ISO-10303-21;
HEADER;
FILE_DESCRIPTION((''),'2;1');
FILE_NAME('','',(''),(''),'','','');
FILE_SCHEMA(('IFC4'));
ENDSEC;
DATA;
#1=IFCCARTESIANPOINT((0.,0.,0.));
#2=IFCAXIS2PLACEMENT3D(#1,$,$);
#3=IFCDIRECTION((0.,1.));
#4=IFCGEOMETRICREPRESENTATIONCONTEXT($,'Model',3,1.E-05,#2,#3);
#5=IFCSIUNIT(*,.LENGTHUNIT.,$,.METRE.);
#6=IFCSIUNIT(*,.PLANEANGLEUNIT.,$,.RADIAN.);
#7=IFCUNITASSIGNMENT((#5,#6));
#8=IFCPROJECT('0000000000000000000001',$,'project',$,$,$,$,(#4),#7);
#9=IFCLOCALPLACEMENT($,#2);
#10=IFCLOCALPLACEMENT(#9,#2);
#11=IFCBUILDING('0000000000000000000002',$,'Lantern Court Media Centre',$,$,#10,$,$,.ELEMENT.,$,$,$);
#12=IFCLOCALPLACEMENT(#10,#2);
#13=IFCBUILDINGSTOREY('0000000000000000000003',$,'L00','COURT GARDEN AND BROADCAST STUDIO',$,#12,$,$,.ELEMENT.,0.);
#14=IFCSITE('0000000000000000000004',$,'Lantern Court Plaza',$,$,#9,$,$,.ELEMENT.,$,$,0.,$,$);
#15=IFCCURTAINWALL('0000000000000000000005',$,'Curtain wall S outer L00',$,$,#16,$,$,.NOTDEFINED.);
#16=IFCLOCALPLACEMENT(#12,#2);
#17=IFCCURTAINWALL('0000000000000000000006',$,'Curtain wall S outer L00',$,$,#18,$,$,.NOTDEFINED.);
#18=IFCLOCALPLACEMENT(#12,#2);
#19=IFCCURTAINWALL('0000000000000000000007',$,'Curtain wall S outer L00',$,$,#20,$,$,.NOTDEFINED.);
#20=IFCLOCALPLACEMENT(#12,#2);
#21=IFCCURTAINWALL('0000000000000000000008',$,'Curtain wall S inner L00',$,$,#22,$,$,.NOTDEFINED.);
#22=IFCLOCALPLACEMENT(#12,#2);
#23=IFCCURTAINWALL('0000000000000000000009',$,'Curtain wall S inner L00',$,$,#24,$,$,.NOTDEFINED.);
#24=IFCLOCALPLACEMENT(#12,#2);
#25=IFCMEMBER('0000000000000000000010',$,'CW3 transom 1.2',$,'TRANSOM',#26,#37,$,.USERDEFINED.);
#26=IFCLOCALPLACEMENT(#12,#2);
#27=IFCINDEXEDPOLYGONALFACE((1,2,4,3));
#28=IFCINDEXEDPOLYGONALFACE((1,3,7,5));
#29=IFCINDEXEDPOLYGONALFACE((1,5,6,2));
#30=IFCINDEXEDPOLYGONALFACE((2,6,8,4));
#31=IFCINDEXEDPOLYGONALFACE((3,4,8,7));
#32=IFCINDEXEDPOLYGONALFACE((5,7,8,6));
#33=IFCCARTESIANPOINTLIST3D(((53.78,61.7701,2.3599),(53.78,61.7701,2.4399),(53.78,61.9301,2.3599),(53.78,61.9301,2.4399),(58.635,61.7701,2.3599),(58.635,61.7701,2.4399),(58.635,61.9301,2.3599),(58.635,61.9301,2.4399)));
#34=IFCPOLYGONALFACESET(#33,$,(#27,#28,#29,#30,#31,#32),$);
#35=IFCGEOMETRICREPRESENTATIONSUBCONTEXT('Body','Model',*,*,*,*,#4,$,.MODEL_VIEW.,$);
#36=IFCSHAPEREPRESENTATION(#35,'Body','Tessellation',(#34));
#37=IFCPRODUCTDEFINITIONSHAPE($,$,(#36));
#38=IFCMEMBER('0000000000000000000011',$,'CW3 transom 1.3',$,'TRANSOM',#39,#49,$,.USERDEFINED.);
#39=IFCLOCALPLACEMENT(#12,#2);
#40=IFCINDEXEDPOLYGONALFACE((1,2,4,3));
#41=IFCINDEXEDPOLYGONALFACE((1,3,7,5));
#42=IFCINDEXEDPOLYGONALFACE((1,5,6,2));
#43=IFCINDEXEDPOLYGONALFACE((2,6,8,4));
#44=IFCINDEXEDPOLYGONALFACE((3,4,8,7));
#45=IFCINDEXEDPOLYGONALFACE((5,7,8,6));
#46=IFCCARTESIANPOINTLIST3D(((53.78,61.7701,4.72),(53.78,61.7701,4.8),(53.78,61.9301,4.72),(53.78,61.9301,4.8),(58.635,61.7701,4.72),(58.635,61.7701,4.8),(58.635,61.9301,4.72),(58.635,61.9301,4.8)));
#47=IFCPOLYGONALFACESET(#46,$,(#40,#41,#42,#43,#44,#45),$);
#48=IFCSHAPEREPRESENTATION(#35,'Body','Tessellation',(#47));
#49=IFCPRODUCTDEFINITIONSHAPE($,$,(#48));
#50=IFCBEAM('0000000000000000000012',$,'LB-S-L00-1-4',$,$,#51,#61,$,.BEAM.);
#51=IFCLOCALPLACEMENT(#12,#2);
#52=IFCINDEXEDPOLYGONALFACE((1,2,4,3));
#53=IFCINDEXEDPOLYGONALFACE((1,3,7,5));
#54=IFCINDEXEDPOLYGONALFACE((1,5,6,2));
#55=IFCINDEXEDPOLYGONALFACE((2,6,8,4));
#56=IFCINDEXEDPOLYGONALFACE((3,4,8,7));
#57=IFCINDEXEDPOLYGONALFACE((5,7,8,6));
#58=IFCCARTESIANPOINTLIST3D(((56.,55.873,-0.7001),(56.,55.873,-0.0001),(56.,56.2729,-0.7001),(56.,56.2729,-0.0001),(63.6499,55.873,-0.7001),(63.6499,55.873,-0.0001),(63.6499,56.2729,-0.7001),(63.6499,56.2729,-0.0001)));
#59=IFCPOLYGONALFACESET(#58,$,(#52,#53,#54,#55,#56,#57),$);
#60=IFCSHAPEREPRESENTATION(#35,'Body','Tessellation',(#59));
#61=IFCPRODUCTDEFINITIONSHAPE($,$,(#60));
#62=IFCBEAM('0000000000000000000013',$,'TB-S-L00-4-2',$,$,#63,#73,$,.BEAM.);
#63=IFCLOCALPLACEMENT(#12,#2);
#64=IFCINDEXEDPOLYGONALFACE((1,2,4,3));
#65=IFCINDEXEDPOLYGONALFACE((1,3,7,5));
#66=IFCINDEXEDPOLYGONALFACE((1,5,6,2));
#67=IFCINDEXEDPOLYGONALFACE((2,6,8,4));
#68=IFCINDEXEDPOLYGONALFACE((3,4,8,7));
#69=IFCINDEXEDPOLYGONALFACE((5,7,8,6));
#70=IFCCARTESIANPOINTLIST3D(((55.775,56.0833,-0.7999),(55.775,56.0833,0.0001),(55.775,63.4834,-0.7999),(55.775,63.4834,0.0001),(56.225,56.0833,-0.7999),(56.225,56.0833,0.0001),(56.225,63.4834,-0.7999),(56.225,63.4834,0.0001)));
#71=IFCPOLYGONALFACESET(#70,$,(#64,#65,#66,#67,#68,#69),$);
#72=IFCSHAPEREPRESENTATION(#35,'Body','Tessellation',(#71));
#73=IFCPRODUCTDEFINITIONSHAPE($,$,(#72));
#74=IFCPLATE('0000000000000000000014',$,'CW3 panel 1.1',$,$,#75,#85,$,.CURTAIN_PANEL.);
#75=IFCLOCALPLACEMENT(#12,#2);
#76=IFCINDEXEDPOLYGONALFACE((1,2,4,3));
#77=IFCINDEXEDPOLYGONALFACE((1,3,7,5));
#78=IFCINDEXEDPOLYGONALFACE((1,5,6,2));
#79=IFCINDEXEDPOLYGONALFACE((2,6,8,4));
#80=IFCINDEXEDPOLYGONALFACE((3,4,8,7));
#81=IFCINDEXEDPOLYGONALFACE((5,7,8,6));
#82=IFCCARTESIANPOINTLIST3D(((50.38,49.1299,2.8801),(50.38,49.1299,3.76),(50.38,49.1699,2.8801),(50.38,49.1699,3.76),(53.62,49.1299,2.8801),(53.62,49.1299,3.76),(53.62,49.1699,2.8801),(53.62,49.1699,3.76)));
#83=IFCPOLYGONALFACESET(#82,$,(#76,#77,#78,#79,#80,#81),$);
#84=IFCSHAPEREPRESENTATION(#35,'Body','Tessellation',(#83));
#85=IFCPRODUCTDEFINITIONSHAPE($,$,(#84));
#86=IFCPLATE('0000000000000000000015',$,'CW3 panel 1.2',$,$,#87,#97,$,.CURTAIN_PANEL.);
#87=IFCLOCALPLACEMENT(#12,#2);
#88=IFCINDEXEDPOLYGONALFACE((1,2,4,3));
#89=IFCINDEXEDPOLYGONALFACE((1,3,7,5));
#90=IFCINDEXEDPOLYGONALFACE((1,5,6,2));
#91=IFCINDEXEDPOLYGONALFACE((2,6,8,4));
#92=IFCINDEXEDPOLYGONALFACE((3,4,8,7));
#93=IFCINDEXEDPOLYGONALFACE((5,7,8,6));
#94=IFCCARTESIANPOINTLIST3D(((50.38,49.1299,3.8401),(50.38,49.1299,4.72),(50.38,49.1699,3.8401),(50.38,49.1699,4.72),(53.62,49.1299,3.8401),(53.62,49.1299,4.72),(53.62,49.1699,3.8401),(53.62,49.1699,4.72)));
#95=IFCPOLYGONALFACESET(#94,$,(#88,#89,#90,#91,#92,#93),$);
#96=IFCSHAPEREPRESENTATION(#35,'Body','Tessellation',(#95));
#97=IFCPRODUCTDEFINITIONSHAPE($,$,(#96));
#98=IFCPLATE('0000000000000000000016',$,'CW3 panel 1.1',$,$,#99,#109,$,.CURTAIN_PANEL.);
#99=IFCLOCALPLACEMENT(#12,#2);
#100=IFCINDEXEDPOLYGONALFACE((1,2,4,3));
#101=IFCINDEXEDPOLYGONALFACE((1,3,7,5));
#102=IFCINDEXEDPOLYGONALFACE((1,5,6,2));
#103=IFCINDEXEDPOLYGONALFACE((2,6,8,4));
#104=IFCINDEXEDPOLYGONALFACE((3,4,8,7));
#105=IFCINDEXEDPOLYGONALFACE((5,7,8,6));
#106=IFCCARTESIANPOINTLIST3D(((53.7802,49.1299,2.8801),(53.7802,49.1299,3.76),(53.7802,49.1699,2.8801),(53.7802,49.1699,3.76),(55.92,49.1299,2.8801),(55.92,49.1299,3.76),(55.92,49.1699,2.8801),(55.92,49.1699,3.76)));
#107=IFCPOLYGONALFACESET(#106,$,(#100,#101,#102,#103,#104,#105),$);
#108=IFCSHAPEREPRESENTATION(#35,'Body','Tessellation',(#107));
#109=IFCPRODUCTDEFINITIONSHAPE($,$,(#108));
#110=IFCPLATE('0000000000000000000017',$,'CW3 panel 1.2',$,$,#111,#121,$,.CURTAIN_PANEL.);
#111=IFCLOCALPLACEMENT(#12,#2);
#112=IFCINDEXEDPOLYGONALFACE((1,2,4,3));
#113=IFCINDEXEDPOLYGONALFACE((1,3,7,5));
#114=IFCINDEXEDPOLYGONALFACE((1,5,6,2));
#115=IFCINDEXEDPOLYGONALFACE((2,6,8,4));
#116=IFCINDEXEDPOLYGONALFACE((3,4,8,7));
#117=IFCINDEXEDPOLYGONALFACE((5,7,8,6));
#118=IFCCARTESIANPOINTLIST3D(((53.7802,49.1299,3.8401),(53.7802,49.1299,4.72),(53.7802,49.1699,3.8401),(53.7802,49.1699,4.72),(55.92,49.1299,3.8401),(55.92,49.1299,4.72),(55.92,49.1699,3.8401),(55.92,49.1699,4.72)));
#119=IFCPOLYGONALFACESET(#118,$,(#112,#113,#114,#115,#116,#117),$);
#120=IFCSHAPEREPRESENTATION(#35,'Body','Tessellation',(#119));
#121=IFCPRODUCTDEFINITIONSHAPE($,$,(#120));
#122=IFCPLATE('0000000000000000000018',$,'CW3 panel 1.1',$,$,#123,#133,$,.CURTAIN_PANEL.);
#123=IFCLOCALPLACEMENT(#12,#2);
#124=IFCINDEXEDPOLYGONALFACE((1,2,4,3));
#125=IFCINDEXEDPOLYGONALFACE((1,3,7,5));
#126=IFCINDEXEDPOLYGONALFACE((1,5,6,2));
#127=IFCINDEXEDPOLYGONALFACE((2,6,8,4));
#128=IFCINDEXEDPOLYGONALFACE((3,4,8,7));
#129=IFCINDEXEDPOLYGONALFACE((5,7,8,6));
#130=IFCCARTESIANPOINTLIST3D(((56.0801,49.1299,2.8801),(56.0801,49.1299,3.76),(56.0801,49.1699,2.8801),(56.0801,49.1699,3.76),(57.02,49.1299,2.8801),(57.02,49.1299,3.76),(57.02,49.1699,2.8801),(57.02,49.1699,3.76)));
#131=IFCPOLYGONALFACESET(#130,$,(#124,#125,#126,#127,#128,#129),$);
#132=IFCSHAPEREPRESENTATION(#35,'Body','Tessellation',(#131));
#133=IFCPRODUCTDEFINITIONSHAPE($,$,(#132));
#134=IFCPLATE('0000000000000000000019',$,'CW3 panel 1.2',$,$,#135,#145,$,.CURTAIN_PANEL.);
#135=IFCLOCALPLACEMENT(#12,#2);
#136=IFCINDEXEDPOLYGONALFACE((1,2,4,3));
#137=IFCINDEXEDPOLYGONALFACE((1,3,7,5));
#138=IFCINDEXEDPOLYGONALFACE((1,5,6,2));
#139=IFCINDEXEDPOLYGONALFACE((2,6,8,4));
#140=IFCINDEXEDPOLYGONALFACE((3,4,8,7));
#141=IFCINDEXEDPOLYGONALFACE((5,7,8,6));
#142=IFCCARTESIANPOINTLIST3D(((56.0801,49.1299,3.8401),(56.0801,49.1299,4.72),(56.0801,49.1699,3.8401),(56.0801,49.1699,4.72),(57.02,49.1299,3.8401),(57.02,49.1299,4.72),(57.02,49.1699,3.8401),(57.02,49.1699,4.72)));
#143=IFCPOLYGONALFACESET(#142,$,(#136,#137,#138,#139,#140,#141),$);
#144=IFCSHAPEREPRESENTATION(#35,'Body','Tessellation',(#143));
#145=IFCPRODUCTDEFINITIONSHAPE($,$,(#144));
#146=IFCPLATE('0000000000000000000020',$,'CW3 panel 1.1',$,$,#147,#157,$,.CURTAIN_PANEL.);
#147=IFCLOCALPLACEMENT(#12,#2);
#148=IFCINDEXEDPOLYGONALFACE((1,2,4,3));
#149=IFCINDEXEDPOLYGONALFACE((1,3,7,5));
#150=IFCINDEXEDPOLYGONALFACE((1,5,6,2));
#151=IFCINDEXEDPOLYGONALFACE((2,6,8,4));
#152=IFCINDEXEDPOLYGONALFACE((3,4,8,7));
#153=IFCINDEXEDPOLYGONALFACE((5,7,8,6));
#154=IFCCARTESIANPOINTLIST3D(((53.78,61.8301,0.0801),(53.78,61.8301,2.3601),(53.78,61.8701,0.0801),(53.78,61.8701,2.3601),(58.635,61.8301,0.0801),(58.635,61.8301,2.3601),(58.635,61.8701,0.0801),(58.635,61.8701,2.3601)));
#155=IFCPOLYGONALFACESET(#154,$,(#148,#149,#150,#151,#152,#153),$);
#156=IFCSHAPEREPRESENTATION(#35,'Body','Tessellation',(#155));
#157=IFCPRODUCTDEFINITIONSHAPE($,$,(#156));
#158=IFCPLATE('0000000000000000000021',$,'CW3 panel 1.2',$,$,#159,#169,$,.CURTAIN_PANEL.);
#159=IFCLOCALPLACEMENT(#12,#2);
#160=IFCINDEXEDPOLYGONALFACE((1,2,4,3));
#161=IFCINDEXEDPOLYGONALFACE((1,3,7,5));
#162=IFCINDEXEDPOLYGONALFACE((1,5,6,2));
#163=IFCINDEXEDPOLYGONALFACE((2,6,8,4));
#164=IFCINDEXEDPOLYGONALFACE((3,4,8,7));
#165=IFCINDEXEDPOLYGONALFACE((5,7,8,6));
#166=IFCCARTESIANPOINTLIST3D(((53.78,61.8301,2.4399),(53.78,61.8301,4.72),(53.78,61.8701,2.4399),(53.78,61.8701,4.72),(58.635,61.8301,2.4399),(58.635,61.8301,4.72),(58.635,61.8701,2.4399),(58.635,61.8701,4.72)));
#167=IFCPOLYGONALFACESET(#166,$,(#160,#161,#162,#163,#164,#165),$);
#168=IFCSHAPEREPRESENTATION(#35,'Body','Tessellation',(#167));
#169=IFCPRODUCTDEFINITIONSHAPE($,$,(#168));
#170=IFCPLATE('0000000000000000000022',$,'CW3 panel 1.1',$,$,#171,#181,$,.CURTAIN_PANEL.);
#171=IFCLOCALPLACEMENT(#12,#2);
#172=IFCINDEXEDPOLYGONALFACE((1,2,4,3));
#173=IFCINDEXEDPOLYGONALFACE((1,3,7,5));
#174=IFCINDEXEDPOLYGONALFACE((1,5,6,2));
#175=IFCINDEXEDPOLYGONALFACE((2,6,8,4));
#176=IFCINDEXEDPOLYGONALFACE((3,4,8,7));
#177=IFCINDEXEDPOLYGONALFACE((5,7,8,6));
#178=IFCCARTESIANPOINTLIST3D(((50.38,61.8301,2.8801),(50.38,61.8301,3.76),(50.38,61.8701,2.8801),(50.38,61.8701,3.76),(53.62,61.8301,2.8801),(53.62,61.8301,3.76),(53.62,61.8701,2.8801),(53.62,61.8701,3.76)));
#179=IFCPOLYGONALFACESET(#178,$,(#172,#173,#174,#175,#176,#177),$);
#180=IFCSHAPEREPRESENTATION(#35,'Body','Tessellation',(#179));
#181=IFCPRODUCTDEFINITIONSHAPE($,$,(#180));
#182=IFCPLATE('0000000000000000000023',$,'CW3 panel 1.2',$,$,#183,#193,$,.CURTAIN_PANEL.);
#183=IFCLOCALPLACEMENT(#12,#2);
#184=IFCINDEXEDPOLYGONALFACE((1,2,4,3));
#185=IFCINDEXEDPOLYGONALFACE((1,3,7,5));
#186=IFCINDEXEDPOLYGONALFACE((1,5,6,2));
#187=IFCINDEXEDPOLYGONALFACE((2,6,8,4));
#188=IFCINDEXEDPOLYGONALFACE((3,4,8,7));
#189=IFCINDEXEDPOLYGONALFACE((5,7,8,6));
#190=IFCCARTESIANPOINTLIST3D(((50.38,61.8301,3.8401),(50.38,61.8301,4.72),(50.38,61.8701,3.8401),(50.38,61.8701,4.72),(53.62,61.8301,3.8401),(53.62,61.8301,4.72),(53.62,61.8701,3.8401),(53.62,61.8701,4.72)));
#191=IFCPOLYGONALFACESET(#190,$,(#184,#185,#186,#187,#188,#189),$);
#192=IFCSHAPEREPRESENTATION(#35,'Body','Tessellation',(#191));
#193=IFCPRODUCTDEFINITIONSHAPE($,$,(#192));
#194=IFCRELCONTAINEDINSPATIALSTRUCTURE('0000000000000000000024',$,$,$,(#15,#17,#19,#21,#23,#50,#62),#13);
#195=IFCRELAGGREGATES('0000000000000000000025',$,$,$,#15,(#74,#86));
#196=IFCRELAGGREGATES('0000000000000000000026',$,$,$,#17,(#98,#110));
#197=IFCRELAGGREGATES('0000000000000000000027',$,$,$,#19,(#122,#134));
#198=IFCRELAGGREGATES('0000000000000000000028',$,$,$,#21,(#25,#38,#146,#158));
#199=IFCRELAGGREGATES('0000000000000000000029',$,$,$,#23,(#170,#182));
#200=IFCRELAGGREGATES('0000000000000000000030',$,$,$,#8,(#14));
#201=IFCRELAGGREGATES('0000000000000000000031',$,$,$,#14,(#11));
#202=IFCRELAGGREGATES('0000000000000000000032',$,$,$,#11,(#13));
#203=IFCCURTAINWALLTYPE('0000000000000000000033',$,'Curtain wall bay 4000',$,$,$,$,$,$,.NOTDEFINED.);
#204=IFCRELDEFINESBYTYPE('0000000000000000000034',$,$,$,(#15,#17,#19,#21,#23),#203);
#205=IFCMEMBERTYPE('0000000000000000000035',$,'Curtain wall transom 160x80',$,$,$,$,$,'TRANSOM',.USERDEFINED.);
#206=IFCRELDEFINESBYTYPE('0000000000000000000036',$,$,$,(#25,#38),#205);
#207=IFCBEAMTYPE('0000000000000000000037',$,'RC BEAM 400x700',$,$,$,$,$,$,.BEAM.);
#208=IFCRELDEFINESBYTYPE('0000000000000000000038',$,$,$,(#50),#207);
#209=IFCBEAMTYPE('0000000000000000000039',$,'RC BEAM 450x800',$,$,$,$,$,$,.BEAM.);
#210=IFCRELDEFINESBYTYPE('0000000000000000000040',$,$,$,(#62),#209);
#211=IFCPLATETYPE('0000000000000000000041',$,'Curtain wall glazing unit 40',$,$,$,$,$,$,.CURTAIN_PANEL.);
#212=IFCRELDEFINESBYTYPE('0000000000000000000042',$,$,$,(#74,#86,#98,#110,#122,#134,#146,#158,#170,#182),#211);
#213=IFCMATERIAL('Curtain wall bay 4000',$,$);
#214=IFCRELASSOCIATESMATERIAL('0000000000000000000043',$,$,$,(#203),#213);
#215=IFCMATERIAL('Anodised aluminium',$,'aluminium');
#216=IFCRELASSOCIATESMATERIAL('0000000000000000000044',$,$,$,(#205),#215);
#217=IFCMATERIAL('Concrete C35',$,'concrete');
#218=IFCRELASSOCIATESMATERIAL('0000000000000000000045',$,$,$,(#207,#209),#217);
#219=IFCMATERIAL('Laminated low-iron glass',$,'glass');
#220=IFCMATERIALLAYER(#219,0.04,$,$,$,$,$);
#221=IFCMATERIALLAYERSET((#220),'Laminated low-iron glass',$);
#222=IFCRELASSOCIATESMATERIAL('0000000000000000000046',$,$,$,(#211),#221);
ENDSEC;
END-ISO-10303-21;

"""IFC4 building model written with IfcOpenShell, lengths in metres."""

from ifc_helpers import new_model, si_unit, direction, frame, origin, origin_2d, place, context, subcontext, project, spatial, rectangle, extrude, material, layer, layer_set, material_profile, profile_set, type_object, element, aggregate, save


model = new_model("IFC4")

# Units and contexts
model_context = context("Model", 3, precision=1e-05, world=origin(), true_north=direction((0.0, 1.0)))
body_context = subcontext(model_context, "Body", "Model", "MODEL_VIEW")
ifc_project = project(units=[si_unit("LENGTHUNIT", "METRE"), si_unit("PLANEANGLEUNIT", "RADIAN")], contexts=[model_context])

# Site, building, storey
site_placement = place(None, origin())
site = spatial("IfcSite", under=ifc_project, at=site_placement, Name="Lantern Court Plaza", CompositionType="ELEMENT", RefElevation=0.0)
building_placement = place(site_placement, origin())
building = spatial("IfcBuilding", under=site, at=building_placement, Name="Lantern Court Media Centre", CompositionType="ELEMENT")
storey_placement = place(building_placement, origin())
storey = spatial("IfcBuildingStorey", under=building, at=storey_placement, Name="L00", Description="COURT GARDEN AND BROADCAST STUDIO", CompositionType="ELEMENT", Elevation=0.0)

# Curtain wall
ifc_material_1 = material(Name="Curtain wall bay 4000")
curtain_wall_type = type_object("IfcCurtainWallType", Name="Curtain wall bay 4000", PredefinedType="NOTDEFINED", material=ifc_material_1)
ifc_material_2 = material(Name="Anodised aluminium", Category="aluminium")
curtain_wall_1_placement = place(storey_placement, origin())
curtain_wall_1 = element("IfcCurtainWall", 1, at=curtain_wall_1_placement, inside=storey, type_object=curtain_wall_type, Name="Curtain wall S outer L00", PredefinedType="NOTDEFINED")

# Curtain walls
curtain_wall_2_placement = place(storey_placement, origin())
curtain_wall_2 = element("IfcCurtainWall", 2, at=curtain_wall_2_placement, inside=storey, type_object=curtain_wall_type, Name="Curtain wall S outer L00", PredefinedType="NOTDEFINED")
curtain_wall_3_placement = place(storey_placement, origin())
curtain_wall_3 = element("IfcCurtainWall", 3, at=curtain_wall_3_placement, inside=storey, type_object=curtain_wall_type, Name="Curtain wall S outer L00", PredefinedType="NOTDEFINED")

# Curtain walls
curtain_wall_4_placement = place(storey_placement, origin())
curtain_wall_4 = element("IfcCurtainWall", 4, at=curtain_wall_4_placement, inside=storey, type_object=curtain_wall_type, Name="Curtain wall S inner L00", PredefinedType="NOTDEFINED")
curtain_wall_5_placement = place(storey_placement, origin())
curtain_wall_5 = element("IfcCurtainWall", 5, at=curtain_wall_5_placement, inside=storey, type_object=curtain_wall_type, Name="Curtain wall S inner L00", PredefinedType="NOTDEFINED")

# Members
ifc_material_profile_1 = material_profile(ifc_material_2, rectangle(XDim=0.1599, YDim=0.0801, at=origin_2d()), Name="AL 80x160")
ifc_profile_set_1 = profile_set([ifc_material_profile_1], Name="Anodised aluminium")
member_type_1 = type_object("IfcMemberType", Name="Curtain wall transom 160x80", ElementType="TRANSOM", PredefinedType="USERDEFINED", material=ifc_profile_set_1)
member_1_placement = place(storey_placement, frame((53.78, 61.8501, 2.3999), z_axis=(1.0, 0.0, 0.0), x_axis=(0.0, 1.0, 0.0)))
member_1 = element("IfcMember", 6, at=member_1_placement, type_object=member_type_1, Name="CW3 transom 1.2", ObjectType="TRANSOM", PredefinedType="USERDEFINED", context=body_context, shape_type="SweptSolid", body=[
    extrude(rectangle(XDim=0.1599, YDim=0.0801, at=origin_2d()), origin(), (0.0, 0.0, 1.0), 4.855),
])
member_2_placement = place(storey_placement, frame((53.78, 61.8501, 4.76), z_axis=(1.0, 0.0, 0.0), x_axis=(0.0, 1.0, 0.0)))
member_2 = element("IfcMember", 7, at=member_2_placement, type_object=member_type_1, Name="CW3 transom 1.3", ObjectType="TRANSOM", PredefinedType="USERDEFINED", context=body_context, shape_type="SweptSolid", body=[
    extrude(rectangle(XDim=0.1599, YDim=0.0801, at=origin_2d()), origin(), (0.0, 0.0, 1.0), 4.855),
])

# Beams
ifc_material_3 = material(Name="Concrete C35", Category="concrete")
ifc_material_profile_2 = material_profile(ifc_material_3, rectangle(XDim=0.3999, YDim=0.7, at=origin_2d()), Name="RC 400x700")
ifc_profile_set_2 = profile_set([ifc_material_profile_2], Name="Concrete C35")
beam_type_1 = type_object("IfcBeamType", Name="RC BEAM 400x700", PredefinedType="BEAM", material=ifc_profile_set_2)
beam_1_placement = place(storey_placement, frame((56.0, 56.073, -0.3501), z_axis=(1.0, 0.0, 0.0), x_axis=(0.0, 1.0, 0.0)))
element("IfcBeam", 8, at=beam_1_placement, inside=storey, type_object=beam_type_1, Name="LB-S-L00-1-4", PredefinedType="BEAM", context=body_context, shape_type="SweptSolid", body=[
    extrude(rectangle(XDim=0.3999, YDim=0.7, at=origin_2d()), origin(), (0.0, 0.0, 1.0), 7.6499),
])
ifc_material_profile_3 = material_profile(ifc_material_3, rectangle(XDim=0.45, YDim=0.8, at=origin_2d()), Name="RC 450x800")
ifc_profile_set_3 = profile_set([ifc_material_profile_3], Name="Concrete C35")
beam_type_2 = type_object("IfcBeamType", Name="RC BEAM 450x800", PredefinedType="BEAM", material=ifc_profile_set_3)
beam_2_placement = place(storey_placement, frame((56.0, 56.0833, -0.3999), z_axis=(0.0, 1.0, 0.0), x_axis=(-1.0, 0.0, 0.0)))
element("IfcBeam", 9, at=beam_2_placement, inside=storey, type_object=beam_type_2, Name="TB-S-L00-4-2", PredefinedType="BEAM", context=body_context, shape_type="SweptSolid", body=[
    extrude(rectangle(XDim=0.45, YDim=0.8, at=origin_2d()), origin(), (0.0, 0.0, 1.0), 7.4001),
])

# Plates
ifc_material_4 = material(Name="Laminated low-iron glass", Category="glass")
ifc_layer_1 = layer(ifc_material_4, 0.04)
ifc_layer_set_1 = layer_set([ifc_layer_1], Name="Laminated low-iron glass")
plate_type = type_object("IfcPlateType", Name="Curtain wall glazing unit 40", PredefinedType="CURTAIN_PANEL", material=ifc_layer_set_1)
plate_1_placement = place(storey_placement, frame((52.0, 49.1499, 2.8801), z_axis=(0.0, 0.0, 1.0), x_axis=(1.0, 0.0, 0.0)))
plate_1 = element("IfcPlate", 10, at=plate_1_placement, type_object=plate_type, Name="CW3 panel 1.1", PredefinedType="CURTAIN_PANEL", context=body_context, shape_type="SweptSolid", body=[
    extrude(rectangle(XDim=3.24, YDim=0.04, at=origin_2d()), origin(), (0.0, 0.0, 1.0), 0.8799),
])
plate_2_placement = place(storey_placement, frame((52.0, 49.1499, 3.8401), z_axis=(0.0, 0.0, 1.0), x_axis=(1.0, 0.0, 0.0)))
plate_2 = element("IfcPlate", 11, at=plate_2_placement, type_object=plate_type, Name="CW3 panel 1.2", PredefinedType="CURTAIN_PANEL", context=body_context, shape_type="SweptSolid", body=[
    extrude(rectangle(XDim=3.24, YDim=0.04, at=origin_2d()), origin(), (0.0, 0.0, 1.0), 0.8799),
])
aggregate(curtain_wall_1, [plate_1, plate_2])
plate_3_placement = place(storey_placement, frame((54.8501, 49.1499, 2.8801), z_axis=(0.0, 0.0, 1.0), x_axis=(1.0, 0.0, 0.0)))
plate_3 = element("IfcPlate", 12, at=plate_3_placement, type_object=plate_type, Name="CW3 panel 1.1", PredefinedType="CURTAIN_PANEL", context=body_context, shape_type="SweptSolid", body=[
    extrude(rectangle(XDim=2.1399, YDim=0.04, at=origin_2d()), origin(), (0.0, 0.0, 1.0), 0.8799),
])
plate_4_placement = place(storey_placement, frame((54.8501, 49.1499, 3.8401), z_axis=(0.0, 0.0, 1.0), x_axis=(1.0, 0.0, 0.0)))
plate_4 = element("IfcPlate", 13, at=plate_4_placement, type_object=plate_type, Name="CW3 panel 1.2", PredefinedType="CURTAIN_PANEL", context=body_context, shape_type="SweptSolid", body=[
    extrude(rectangle(XDim=2.1399, YDim=0.04, at=origin_2d()), origin(), (0.0, 0.0, 1.0), 0.8799),
])
aggregate(curtain_wall_2, [plate_3, plate_4])
plate_5_placement = place(storey_placement, frame((56.55, 49.1499, 2.8801), z_axis=(0.0, 0.0, 1.0), x_axis=(1.0, 0.0, 0.0)))
plate_5 = element("IfcPlate", 14, at=plate_5_placement, type_object=plate_type, Name="CW3 panel 1.1", PredefinedType="CURTAIN_PANEL", context=body_context, shape_type="SweptSolid", body=[
    extrude(rectangle(XDim=0.9399, YDim=0.04, at=origin_2d()), origin(), (0.0, 0.0, 1.0), 0.8799),
])
plate_6_placement = place(storey_placement, frame((56.55, 49.1499, 3.8401), z_axis=(0.0, 0.0, 1.0), x_axis=(1.0, 0.0, 0.0)))
plate_6 = element("IfcPlate", 15, at=plate_6_placement, type_object=plate_type, Name="CW3 panel 1.2", PredefinedType="CURTAIN_PANEL", context=body_context, shape_type="SweptSolid", body=[
    extrude(rectangle(XDim=0.9399, YDim=0.04, at=origin_2d()), origin(), (0.0, 0.0, 1.0), 0.8799),
])
aggregate(curtain_wall_3, [plate_5, plate_6])
plate_7_placement = place(storey_placement, frame((56.2075, 61.8501, 0.0801), z_axis=(0.0, 0.0, 1.0), x_axis=(1.0, 0.0, 0.0)))
plate_7 = element("IfcPlate", 16, at=plate_7_placement, type_object=plate_type, Name="CW3 panel 1.1", PredefinedType="CURTAIN_PANEL", context=body_context, shape_type="SweptSolid", body=[
    extrude(rectangle(XDim=4.855, YDim=0.04, at=origin_2d()), origin(), (0.0, 0.0, 1.0), 2.28),
])
plate_8_placement = place(storey_placement, frame((56.2075, 61.8501, 2.4399), z_axis=(0.0, 0.0, 1.0), x_axis=(1.0, 0.0, 0.0)))
plate_8 = element("IfcPlate", 17, at=plate_8_placement, type_object=plate_type, Name="CW3 panel 1.2", PredefinedType="CURTAIN_PANEL", context=body_context, shape_type="SweptSolid", body=[
    extrude(rectangle(XDim=4.855, YDim=0.04, at=origin_2d()), origin(), (0.0, 0.0, 1.0), 2.28),
])
aggregate(curtain_wall_4, [member_1, member_2, plate_7, plate_8])
plate_9_placement = place(storey_placement, frame((52.0, 61.8501, 2.8801), z_axis=(0.0, 0.0, 1.0), x_axis=(1.0, 0.0, 0.0)))
plate_9 = element("IfcPlate", 18, at=plate_9_placement, type_object=plate_type, Name="CW3 panel 1.1", PredefinedType="CURTAIN_PANEL", context=body_context, shape_type="SweptSolid", body=[
    extrude(rectangle(XDim=3.24, YDim=0.04, at=origin_2d()), origin(), (0.0, 0.0, 1.0), 0.8799),
])
plate_10_placement = place(storey_placement, frame((52.0, 61.8501, 3.8401), z_axis=(0.0, 0.0, 1.0), x_axis=(1.0, 0.0, 0.0)))
plate_10 = element("IfcPlate", 19, at=plate_10_placement, type_object=plate_type, Name="CW3 panel 1.2", PredefinedType="CURTAIN_PANEL", context=body_context, shape_type="SweptSolid", body=[
    extrude(rectangle(XDim=3.24, YDim=0.04, at=origin_2d()), origin(), (0.0, 0.0, 1.0), 0.8799),
])
aggregate(curtain_wall_5, [plate_9, plate_10])

save(model, "model.ifc")
